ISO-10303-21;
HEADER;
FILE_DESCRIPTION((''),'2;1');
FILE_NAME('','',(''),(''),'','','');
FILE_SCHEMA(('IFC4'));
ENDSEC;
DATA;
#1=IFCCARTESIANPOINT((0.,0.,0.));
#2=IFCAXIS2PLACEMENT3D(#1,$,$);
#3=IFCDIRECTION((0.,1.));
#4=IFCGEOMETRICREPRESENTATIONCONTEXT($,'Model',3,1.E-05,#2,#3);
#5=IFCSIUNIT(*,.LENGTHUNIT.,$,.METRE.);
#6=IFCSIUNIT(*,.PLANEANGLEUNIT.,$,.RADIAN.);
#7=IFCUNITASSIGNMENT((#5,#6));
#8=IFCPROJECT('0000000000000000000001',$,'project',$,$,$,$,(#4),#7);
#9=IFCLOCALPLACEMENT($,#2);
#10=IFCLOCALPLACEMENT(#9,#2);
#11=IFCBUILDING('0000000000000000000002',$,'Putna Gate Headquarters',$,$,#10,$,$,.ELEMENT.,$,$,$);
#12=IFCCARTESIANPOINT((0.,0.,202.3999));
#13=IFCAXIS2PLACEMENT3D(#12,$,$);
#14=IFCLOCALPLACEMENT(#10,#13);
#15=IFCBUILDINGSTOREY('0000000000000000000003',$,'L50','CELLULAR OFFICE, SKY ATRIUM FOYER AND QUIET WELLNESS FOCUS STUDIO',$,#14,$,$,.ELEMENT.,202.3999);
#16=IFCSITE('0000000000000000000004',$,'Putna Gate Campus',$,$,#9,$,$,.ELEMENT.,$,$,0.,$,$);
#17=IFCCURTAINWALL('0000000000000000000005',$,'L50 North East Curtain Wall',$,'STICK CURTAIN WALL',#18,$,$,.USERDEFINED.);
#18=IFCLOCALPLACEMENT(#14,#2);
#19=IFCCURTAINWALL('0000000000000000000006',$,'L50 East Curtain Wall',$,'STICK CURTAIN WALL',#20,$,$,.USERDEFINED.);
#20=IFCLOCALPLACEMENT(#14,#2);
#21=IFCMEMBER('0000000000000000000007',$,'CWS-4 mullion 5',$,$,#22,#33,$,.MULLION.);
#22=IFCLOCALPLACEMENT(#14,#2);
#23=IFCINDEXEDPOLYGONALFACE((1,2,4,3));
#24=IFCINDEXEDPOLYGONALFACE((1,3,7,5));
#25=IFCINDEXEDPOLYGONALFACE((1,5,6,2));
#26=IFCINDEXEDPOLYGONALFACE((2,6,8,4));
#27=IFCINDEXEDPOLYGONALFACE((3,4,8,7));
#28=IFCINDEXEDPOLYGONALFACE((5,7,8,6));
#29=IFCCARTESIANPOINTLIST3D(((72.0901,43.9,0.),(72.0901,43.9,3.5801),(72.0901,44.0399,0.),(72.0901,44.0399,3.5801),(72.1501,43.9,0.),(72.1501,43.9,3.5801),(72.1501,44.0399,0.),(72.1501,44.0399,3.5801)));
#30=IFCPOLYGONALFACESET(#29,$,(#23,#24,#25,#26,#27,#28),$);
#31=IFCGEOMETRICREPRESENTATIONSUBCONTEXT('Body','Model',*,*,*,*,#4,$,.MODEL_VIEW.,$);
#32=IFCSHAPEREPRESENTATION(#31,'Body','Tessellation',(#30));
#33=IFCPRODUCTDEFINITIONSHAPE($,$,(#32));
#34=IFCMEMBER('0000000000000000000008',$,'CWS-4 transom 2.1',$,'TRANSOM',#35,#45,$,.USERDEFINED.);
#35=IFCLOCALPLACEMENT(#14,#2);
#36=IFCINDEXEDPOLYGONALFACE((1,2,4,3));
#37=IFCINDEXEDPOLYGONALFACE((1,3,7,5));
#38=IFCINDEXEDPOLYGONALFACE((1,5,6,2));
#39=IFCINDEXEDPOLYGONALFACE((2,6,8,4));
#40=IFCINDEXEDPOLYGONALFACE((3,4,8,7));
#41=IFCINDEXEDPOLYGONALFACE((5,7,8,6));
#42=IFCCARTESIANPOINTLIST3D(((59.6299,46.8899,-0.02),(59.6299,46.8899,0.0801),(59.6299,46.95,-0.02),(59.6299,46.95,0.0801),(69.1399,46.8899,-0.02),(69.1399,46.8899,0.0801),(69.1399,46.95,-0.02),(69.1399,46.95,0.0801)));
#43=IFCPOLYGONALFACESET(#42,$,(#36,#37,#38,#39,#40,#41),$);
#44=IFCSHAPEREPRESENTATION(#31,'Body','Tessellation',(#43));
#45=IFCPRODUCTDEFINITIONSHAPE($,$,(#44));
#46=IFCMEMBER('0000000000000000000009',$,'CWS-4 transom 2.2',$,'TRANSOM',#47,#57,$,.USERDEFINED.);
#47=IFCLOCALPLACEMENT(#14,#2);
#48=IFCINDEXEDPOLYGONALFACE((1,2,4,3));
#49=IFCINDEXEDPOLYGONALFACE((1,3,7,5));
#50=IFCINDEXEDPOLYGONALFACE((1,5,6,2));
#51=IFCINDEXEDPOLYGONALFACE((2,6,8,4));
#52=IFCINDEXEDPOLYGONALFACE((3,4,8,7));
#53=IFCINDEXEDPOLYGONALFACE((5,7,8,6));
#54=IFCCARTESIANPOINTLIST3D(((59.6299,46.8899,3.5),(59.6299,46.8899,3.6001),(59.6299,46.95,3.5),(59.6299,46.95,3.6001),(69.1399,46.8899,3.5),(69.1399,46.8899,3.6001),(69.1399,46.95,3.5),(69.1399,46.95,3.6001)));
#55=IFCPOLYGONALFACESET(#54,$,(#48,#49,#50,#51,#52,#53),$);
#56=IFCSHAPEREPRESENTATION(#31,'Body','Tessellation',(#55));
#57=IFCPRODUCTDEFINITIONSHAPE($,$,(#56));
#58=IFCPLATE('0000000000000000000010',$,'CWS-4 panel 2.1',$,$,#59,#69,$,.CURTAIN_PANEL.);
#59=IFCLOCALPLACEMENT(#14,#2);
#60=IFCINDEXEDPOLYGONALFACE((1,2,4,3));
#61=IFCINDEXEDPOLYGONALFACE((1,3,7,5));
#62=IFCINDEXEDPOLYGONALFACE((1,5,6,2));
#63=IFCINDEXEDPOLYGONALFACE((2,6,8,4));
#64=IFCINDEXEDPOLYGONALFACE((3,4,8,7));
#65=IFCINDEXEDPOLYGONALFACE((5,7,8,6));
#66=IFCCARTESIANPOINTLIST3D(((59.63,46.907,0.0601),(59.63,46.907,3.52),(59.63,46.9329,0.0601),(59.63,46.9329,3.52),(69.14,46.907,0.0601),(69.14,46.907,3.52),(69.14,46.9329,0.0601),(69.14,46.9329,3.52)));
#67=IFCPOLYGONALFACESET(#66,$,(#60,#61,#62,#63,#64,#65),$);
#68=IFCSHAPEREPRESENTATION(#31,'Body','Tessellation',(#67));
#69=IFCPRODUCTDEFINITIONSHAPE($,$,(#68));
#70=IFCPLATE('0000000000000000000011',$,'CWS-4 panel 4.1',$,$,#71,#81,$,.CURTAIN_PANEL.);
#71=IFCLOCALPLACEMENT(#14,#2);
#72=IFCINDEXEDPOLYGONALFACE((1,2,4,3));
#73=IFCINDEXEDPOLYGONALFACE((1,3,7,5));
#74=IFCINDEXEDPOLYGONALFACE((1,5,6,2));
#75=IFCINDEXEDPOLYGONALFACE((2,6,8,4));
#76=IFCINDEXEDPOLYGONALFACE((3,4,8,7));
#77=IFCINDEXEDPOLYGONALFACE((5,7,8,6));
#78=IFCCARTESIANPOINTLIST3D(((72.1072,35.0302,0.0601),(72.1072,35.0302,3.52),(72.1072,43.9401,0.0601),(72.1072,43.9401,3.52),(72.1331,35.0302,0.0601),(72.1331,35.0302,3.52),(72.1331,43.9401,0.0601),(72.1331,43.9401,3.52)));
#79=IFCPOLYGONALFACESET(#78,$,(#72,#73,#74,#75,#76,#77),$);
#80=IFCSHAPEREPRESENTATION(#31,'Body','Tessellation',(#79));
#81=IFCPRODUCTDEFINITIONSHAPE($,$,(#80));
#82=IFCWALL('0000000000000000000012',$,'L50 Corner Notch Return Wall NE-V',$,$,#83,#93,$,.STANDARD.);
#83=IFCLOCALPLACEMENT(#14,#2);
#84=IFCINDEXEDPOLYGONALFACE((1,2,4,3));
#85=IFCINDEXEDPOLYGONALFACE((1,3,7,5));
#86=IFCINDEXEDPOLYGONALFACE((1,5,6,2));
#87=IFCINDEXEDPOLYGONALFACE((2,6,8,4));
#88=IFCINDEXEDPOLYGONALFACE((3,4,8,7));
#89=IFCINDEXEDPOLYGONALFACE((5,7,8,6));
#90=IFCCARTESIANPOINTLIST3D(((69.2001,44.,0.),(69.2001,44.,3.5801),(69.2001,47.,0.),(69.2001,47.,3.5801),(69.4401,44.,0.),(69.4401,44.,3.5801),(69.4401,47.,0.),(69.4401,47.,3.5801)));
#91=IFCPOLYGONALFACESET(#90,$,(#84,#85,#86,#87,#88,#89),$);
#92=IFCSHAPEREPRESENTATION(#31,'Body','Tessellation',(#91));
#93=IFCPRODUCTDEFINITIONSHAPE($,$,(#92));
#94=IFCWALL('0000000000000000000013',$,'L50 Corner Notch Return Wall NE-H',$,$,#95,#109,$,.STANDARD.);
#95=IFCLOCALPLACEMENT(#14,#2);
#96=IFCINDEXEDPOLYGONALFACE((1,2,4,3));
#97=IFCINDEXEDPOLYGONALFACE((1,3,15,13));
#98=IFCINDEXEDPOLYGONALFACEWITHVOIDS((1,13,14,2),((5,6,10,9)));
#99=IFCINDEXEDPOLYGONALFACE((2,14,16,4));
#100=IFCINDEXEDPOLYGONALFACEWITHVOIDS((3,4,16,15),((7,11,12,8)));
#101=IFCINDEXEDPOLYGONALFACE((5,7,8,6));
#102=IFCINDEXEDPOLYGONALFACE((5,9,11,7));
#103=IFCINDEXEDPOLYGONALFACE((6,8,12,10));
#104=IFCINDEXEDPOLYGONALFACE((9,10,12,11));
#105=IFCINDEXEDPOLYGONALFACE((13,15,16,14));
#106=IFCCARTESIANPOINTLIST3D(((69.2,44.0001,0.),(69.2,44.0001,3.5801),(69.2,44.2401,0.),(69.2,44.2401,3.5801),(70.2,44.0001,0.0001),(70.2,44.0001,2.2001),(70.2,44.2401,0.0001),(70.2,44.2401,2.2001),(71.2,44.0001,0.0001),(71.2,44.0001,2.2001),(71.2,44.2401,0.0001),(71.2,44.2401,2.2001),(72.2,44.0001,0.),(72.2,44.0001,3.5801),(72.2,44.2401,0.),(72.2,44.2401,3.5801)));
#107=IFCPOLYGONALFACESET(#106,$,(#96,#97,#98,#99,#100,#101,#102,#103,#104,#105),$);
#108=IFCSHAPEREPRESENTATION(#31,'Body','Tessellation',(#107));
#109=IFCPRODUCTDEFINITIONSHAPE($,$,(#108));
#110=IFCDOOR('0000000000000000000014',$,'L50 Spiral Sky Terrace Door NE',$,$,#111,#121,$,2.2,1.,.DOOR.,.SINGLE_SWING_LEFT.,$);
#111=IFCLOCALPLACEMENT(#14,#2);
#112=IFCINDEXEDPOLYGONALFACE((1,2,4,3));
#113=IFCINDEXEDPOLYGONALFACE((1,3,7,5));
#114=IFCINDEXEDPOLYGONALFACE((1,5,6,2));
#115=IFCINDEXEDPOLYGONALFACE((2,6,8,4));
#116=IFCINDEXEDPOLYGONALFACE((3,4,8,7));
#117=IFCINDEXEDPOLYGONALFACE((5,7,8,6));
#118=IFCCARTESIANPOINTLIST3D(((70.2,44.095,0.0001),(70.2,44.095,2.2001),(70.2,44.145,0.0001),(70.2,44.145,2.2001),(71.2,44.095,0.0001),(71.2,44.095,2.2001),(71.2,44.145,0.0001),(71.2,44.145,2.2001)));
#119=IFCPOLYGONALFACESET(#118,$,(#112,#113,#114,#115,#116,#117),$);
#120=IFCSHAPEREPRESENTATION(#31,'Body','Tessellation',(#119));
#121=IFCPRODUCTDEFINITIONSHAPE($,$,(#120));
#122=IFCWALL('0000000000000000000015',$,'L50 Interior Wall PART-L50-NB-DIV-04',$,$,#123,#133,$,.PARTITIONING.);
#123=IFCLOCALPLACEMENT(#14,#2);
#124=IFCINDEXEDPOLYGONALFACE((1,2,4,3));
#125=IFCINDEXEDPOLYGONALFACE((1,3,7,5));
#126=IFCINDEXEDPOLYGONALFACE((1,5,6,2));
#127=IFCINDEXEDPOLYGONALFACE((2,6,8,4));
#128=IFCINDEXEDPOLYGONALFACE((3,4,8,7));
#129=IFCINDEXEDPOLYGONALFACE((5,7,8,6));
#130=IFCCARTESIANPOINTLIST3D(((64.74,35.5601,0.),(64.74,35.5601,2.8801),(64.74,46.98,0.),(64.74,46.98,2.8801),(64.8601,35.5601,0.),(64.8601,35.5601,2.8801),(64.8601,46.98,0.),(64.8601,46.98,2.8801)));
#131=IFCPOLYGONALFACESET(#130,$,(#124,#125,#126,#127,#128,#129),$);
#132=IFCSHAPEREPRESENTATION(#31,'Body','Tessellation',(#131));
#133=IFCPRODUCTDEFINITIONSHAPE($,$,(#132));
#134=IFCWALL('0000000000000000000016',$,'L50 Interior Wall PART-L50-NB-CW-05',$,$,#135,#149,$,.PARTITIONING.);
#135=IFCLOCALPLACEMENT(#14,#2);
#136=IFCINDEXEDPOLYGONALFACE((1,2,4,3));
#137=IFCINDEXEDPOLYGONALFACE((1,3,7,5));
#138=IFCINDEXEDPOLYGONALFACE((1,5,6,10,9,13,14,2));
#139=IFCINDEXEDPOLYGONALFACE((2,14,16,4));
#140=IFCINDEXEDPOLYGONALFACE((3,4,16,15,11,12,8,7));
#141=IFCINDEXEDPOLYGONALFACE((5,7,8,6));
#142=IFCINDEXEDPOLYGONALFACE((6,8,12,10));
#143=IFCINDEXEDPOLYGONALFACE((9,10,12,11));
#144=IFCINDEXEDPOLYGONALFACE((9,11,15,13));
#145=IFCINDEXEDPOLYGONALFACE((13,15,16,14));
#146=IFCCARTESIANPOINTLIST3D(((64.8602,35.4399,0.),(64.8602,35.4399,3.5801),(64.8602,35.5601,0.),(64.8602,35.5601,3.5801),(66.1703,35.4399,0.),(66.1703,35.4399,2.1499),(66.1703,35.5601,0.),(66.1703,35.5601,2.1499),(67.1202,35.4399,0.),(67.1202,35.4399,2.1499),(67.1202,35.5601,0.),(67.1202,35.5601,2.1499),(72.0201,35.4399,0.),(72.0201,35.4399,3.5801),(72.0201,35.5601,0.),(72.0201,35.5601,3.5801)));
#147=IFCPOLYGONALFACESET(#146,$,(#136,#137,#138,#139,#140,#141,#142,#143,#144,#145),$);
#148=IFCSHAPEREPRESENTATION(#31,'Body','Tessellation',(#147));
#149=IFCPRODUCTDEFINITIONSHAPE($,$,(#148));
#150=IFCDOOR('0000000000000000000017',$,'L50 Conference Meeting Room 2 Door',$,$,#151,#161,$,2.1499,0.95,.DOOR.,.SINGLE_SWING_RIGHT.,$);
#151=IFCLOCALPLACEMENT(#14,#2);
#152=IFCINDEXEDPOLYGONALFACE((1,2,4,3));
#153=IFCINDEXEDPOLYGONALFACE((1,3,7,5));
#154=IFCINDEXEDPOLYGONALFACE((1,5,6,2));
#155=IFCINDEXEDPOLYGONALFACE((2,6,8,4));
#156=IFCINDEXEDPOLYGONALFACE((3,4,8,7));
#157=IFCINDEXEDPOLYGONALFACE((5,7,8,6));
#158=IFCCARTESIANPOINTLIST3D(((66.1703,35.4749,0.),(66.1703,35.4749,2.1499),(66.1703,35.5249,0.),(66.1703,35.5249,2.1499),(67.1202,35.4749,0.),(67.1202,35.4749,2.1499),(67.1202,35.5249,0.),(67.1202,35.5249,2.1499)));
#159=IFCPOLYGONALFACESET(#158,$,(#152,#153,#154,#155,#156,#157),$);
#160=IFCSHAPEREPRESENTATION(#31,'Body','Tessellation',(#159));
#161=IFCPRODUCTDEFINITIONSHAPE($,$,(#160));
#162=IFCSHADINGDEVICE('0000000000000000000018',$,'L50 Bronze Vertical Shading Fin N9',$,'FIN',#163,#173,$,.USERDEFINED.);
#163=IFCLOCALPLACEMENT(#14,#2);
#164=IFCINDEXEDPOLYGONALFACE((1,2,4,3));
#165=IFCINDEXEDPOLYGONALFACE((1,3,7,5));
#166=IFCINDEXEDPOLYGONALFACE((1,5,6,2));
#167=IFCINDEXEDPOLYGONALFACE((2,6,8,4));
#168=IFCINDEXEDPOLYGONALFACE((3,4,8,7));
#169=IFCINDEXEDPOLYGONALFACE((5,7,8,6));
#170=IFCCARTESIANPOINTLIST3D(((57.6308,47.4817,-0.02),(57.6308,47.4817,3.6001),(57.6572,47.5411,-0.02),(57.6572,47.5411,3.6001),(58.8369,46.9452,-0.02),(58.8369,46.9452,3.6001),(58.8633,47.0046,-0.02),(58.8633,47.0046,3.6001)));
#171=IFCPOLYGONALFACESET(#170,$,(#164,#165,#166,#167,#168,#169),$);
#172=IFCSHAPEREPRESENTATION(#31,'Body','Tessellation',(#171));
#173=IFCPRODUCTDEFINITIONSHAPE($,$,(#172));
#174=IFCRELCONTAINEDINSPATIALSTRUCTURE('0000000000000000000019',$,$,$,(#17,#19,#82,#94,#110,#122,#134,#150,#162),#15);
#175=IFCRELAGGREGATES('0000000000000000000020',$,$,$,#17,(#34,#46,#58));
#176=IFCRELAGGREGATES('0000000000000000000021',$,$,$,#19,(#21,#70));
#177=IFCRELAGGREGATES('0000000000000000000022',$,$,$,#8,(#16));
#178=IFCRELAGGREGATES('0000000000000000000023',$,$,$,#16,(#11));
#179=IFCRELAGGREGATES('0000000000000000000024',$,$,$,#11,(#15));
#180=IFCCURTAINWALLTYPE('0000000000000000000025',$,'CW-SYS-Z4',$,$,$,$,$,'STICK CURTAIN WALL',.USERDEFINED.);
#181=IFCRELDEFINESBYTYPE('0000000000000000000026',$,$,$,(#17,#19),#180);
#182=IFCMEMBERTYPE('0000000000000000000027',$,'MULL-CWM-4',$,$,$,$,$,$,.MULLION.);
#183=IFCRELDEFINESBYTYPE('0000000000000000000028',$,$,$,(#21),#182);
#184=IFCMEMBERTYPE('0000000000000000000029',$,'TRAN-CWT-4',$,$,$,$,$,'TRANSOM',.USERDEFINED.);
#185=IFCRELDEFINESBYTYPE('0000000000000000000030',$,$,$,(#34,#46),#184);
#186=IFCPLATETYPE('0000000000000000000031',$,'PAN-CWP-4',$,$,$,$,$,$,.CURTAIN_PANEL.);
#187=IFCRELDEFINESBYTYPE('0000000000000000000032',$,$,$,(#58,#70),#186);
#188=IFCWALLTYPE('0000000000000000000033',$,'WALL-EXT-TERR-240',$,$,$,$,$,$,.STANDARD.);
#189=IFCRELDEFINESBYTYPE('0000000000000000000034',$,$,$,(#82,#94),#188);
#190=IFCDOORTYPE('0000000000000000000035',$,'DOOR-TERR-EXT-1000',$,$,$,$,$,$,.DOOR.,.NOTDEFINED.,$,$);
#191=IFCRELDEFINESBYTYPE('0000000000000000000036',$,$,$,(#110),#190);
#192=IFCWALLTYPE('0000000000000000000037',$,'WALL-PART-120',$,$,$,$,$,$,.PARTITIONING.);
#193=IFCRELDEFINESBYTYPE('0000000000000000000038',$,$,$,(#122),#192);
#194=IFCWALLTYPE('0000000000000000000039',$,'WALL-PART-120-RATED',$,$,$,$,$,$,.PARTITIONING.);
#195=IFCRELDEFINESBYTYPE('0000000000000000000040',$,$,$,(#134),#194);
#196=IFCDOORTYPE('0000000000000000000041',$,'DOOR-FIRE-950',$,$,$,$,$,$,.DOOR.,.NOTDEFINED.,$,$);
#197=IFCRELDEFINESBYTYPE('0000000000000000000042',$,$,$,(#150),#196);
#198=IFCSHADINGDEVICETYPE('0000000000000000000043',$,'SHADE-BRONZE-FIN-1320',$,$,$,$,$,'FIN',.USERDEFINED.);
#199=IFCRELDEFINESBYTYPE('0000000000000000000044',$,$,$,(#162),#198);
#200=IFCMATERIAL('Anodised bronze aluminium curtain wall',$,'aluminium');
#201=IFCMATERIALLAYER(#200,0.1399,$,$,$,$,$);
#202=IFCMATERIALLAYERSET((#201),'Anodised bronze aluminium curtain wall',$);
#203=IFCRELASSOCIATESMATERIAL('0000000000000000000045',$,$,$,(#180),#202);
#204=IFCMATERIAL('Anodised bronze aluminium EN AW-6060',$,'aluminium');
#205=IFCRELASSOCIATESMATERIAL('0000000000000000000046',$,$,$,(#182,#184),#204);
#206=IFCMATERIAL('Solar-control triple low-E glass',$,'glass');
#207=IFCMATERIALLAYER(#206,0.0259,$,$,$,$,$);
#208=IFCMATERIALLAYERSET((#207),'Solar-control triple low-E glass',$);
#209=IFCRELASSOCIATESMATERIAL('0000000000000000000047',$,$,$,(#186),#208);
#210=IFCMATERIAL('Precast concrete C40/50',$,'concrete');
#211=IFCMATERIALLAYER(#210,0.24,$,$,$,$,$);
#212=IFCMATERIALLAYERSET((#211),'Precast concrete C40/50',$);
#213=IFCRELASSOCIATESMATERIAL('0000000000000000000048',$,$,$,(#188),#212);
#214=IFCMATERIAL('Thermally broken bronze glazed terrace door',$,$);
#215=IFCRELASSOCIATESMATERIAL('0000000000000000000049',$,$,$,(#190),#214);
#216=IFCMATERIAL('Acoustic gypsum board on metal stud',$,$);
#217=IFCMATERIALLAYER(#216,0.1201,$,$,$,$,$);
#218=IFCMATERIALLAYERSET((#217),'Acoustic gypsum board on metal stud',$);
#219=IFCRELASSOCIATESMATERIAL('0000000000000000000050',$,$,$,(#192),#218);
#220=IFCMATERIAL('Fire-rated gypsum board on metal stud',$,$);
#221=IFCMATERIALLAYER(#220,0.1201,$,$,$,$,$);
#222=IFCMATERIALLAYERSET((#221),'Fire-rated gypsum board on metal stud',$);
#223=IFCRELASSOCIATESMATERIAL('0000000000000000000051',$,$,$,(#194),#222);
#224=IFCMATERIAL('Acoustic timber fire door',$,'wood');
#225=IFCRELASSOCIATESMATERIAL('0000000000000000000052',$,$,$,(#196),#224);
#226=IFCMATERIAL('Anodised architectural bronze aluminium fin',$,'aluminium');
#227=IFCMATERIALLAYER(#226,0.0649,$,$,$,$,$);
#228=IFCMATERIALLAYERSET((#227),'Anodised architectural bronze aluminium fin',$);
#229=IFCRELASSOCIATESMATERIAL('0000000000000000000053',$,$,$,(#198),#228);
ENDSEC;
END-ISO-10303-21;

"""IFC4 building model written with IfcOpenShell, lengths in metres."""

from ifc_helpers import new_model, si_unit, direction, frame, frame_2d, origin, origin_2d, place, context, subcontext, project, spatial, rectangle, extrude, material, layer, layer_set, material_profile, profile_set, type_object, element, fill, aggregate, save


model = new_model("IFC4")

# Units and contexts
model_context = context("Model", 3, precision=1e-05, world=origin(), true_north=direction((0.0, 1.0)))
body_context = subcontext(model_context, "Body", "Model", "MODEL_VIEW")
ifc_project = project(units=[si_unit("LENGTHUNIT", "METRE"), si_unit("PLANEANGLEUNIT", "RADIAN")], contexts=[model_context])

# Site, building, storey
site_placement = place(None, origin())
site = spatial("IfcSite", under=ifc_project, at=site_placement, Name="Putna Gate Campus", CompositionType="ELEMENT", RefElevation=0.0)
building_placement = place(site_placement, origin())
building = spatial("IfcBuilding", under=site, at=building_placement, Name="Putna Gate Headquarters", CompositionType="ELEMENT")
storey_placement = place(building_placement, frame((0.0, 0.0, 202.3999)))
storey = spatial("IfcBuildingStorey", under=building, at=storey_placement, Name="L50", Description="CELLULAR OFFICE, SKY ATRIUM FOYER AND QUIET WELLNESS FOCUS STUDIO", CompositionType="ELEMENT", Elevation=202.3999)

# Curtain wall
ifc_material_1 = material(Name="Anodised bronze aluminium curtain wall", Category="aluminium")
ifc_layer_1 = layer(ifc_material_1, 0.1399)
ifc_layer_set_1 = layer_set([ifc_layer_1], Name="Anodised bronze aluminium curtain wall")
curtain_wall_type = type_object("IfcCurtainWallType", Name="CW-SYS-Z4", ElementType="STICK CURTAIN WALL", PredefinedType="USERDEFINED", material=ifc_layer_set_1)
curtain_wall_1_placement = place(storey_placement, origin())
curtain_wall_1 = element("IfcCurtainWall", 1, at=curtain_wall_1_placement, inside=storey, type_object=curtain_wall_type, Name="L50 North East Curtain Wall", ObjectType="STICK CURTAIN WALL", PredefinedType="USERDEFINED")
ifc_material_2 = material(Name="Anodised bronze aluminium EN AW-6060", Category="aluminium")
ifc_material_profile_1 = material_profile(ifc_material_2, rectangle(XDim=0.0601, YDim=0.1399, at=origin_2d()), Name="Anodised bronze aluminium EN AW-6060")
ifc_profile_set_1 = profile_set([ifc_material_profile_1], Name="Anodised bronze aluminium EN AW-6060")
member_type_1 = type_object("IfcMemberType", Name="MULL-CWM-4", PredefinedType="MULLION", material=ifc_profile_set_1)

# Curtain wall, member
curtain_wall_2_placement = place(storey_placement, origin())
curtain_wall_2 = element("IfcCurtainWall", 2, at=curtain_wall_2_placement, inside=storey, type_object=curtain_wall_type, Name="L50 East Curtain Wall", ObjectType="STICK CURTAIN WALL", PredefinedType="USERDEFINED")
member_1_placement = place(storey_placement, frame((72.1201, 43.97, 0.0), z_axis=(0.0, 0.0, 1.0), x_axis=(-1.0, 0.0, 0.0)))
member_1 = element("IfcMember", 3, at=member_1_placement, type_object=member_type_1, Name="CWS-4 mullion 5", PredefinedType="MULLION", context=body_context, shape_type="SweptSolid", body=[
    extrude(rectangle(XDim=0.0601, YDim=0.1399, at=origin_2d()), origin(), (0.0, 0.0, 1.0), 3.5801),
])

# Members
ifc_material_profile_2 = material_profile(ifc_material_2, rectangle(XDim=0.0601, YDim=0.1001, at=origin_2d()), Name="Anodised bronze aluminium EN AW-6060")
ifc_profile_set_2 = profile_set([ifc_material_profile_2], Name="Anodised bronze aluminium EN AW-6060")
member_type_2 = type_object("IfcMemberType", Name="TRAN-CWT-4", ElementType="TRANSOM", PredefinedType="USERDEFINED", material=ifc_profile_set_2)
member_2_placement = place(storey_placement, frame((59.6299, 46.9199, 0.03), z_axis=(1.0, 0.0, 0.0), x_axis=(0.0, 1.0, 0.0)))
member_2 = element("IfcMember", 4, at=member_2_placement, type_object=member_type_2, Name="CWS-4 transom 2.1", ObjectType="TRANSOM", PredefinedType="USERDEFINED", context=body_context, shape_type="SweptSolid", body=[
    extrude(rectangle(XDim=0.0601, YDim=0.1001, at=origin_2d()), origin(), (0.0, 0.0, 1.0), 9.51),
])
member_3_placement = place(storey_placement, frame((59.6299, 46.9199, 3.55), z_axis=(1.0, 0.0, 0.0), x_axis=(0.0, 1.0, 0.0)))
member_3 = element("IfcMember", 5, at=member_3_placement, type_object=member_type_2, Name="CWS-4 transom 2.2", ObjectType="TRANSOM", PredefinedType="USERDEFINED", context=body_context, shape_type="SweptSolid", body=[
    extrude(rectangle(XDim=0.0601, YDim=0.1001, at=origin_2d()), origin(), (0.0, 0.0, 1.0), 9.51),
])

# Plates
ifc_material_3 = material(Name="Solar-control triple low-E glass", Category="glass")
ifc_layer_2 = layer(ifc_material_3, 0.0259)
ifc_layer_set_2 = layer_set([ifc_layer_2], Name="Solar-control triple low-E glass")
plate_type = type_object("IfcPlateType", Name="PAN-CWP-4", PredefinedType="CURTAIN_PANEL", material=ifc_layer_set_2)
plate_1_placement = place(storey_placement, frame((64.385, 46.9199, 0.0601), z_axis=(0.0, 0.0, 1.0), x_axis=(1.0, 0.0, 0.0)))
plate_1 = element("IfcPlate", 6, at=plate_1_placement, type_object=plate_type, Name="CWS-4 panel 2.1", PredefinedType="CURTAIN_PANEL", context=body_context, shape_type="SweptSolid", body=[
    extrude(rectangle(XDim=9.51, YDim=0.0259, at=origin_2d()), origin(), (0.0, 0.0, 1.0), 3.46),
])
aggregate(curtain_wall_1, [member_2, member_3, plate_1])
plate_2_placement = place(storey_placement, frame((72.1201, 39.4851, 0.0601), z_axis=(0.0, 0.0, 1.0), x_axis=(0.0, 1.0, 0.0)))
plate_2 = element("IfcPlate", 7, at=plate_2_placement, type_object=plate_type, Name="CWS-4 panel 4.1", PredefinedType="CURTAIN_PANEL", context=body_context, shape_type="SweptSolid", body=[
    extrude(rectangle(XDim=8.9099, YDim=0.0259, at=origin_2d()), origin(), (0.0, 0.0, 1.0), 3.46),
])
aggregate(curtain_wall_2, [member_1, plate_2])

# Wall
ifc_material_4 = material(Name="Precast concrete C40/50", Category="concrete")
ifc_layer_3 = layer(ifc_material_4, 0.24)
ifc_layer_set_3 = layer_set([ifc_layer_3], Name="Precast concrete C40/50")
wall_type_1 = type_object("IfcWallType", Name="WALL-EXT-TERR-240", PredefinedType="STANDARD", material=ifc_layer_set_3)
wall_1_placement = place(storey_placement, frame((69.3201, 47.0, 0.0), z_axis=(0.0, 0.0, 1.0), x_axis=(0.0, -1.0, 0.0)))
element("IfcWall", 8, at=wall_1_placement, inside=storey, type_object=wall_type_1, Name="L50 Corner Notch Return Wall NE-V", PredefinedType="STANDARD", context=body_context, shape_type="SweptSolid", body=[
    extrude(rectangle(XDim=3.0, YDim=0.24, at=frame_2d((1.5, 0.0))), origin(), (0.0, 0.0, 1.0), 3.5801),
])

# Wall, opening, door
wall_2_placement = place(storey_placement, frame((69.2, 44.1201, 0.0), z_axis=(0.0, 0.0, 1.0), x_axis=(1.0, 0.0, 0.0)))
wall_2 = element("IfcWall", 9, at=wall_2_placement, inside=storey, type_object=wall_type_1, Name="L50 Corner Notch Return Wall NE-H", PredefinedType="STANDARD", context=body_context, shape_type="SweptSolid", body=[
    extrude(rectangle(XDim=3.0, YDim=0.24, at=frame_2d((1.5, 0.0))), origin(), (0.0, 0.0, 1.0), 3.5801),
])
opening_1_placement = place(wall_2_placement, frame((1.0, 0.0, 0.0)))
opening_1 = element("IfcOpeningElement", 10, at=opening_1_placement, cuts=wall_2, PredefinedType="OPENING", context=body_context, shape_type="SweptSolid", body=[
    extrude(rectangle(XDim=1.0, YDim=2.2, at=frame_2d((0.5, 1.1001))), frame((0.0, 0.1299, 0.0), z_axis=(0.0, -1.0, 0.0), x_axis=(1.0, 0.0, 0.0)), (0.0, 0.0, 1.0), 0.26),
])
ifc_material_5 = material(Name="Thermally broken bronze glazed terrace door")
door_type_1 = type_object("IfcDoorType", Name="DOOR-TERR-EXT-1000", OperationType="NOTDEFINED", PredefinedType="DOOR", material=ifc_material_5)
door_1_placement = place(opening_1_placement, origin())
door_1 = element("IfcDoor", 11, at=door_1_placement, inside=storey, type_object=door_type_1, Name="L50 Spiral Sky Terrace Door NE", OperationType="SINGLE_SWING_LEFT", OverallHeight=2.2, OverallWidth=1.0, PredefinedType="DOOR", context=body_context, shape_type="SweptSolid", body=[
    extrude(rectangle(XDim=1.0, YDim=2.2, at=frame_2d((0.5, 1.1001))), frame((0.0, 0.0249, 0.0), z_axis=(0.0, -1.0, 0.0), x_axis=(1.0, 0.0, 0.0)), (0.0, 0.0, 1.0), 0.05),
])
fill(opening_1, door_1)

# Wall
ifc_material_6 = material(Name="Acoustic gypsum board on metal stud")
ifc_layer_4 = layer(ifc_material_6, 0.1201)
ifc_layer_set_4 = layer_set([ifc_layer_4], Name="Acoustic gypsum board on metal stud")
wall_type_2 = type_object("IfcWallType", Name="WALL-PART-120", PredefinedType="PARTITIONING", material=ifc_layer_set_4)
wall_3_placement = place(storey_placement, frame((64.8, 35.5601, 0.0), z_axis=(0.0, 0.0, 1.0), x_axis=(0.0, 1.0, 0.0)))
element("IfcWall", 12, at=wall_3_placement, inside=storey, type_object=wall_type_2, Name="L50 Interior Wall PART-L50-NB-DIV-04", PredefinedType="PARTITIONING", context=body_context, shape_type="SweptSolid", body=[
    extrude(rectangle(XDim=11.4199, YDim=0.1201, at=frame_2d((5.71, 0.0))), origin(), (0.0, 0.0, 1.0), 2.8801),
])

# Wall, opening, door
ifc_material_7 = material(Name="Fire-rated gypsum board on metal stud")
ifc_layer_5 = layer(ifc_material_7, 0.1201)
ifc_layer_set_5 = layer_set([ifc_layer_5], Name="Fire-rated gypsum board on metal stud")
wall_type_3 = type_object("IfcWallType", Name="WALL-PART-120-RATED", PredefinedType="PARTITIONING", material=ifc_layer_set_5)
wall_4_placement = place(storey_placement, frame((64.8601, 35.5, 0.0), z_axis=(0.0, 0.0, 1.0), x_axis=(1.0, 0.0, 0.0)))
wall_4 = element("IfcWall", 13, at=wall_4_placement, inside=storey, type_object=wall_type_3, Name="L50 Interior Wall PART-L50-NB-CW-05", PredefinedType="PARTITIONING", context=body_context, shape_type="SweptSolid", body=[
    extrude(rectangle(XDim=7.1599, YDim=0.1201, at=frame_2d((3.5801, 0.0))), origin(), (0.0, 0.0, 1.0), 3.5801),
])
opening_2_placement = place(wall_4_placement, frame((1.3101, 0.0, 0.0)))
opening_2 = element("IfcOpeningElement", 14, at=opening_2_placement, cuts=wall_4, PredefinedType="OPENING", context=body_context, shape_type="SweptSolid", body=[
    extrude(rectangle(XDim=0.95, YDim=2.1499, at=frame_2d((0.4751, 1.075))), frame((0.0, 0.0701, 0.0), z_axis=(0.0, -1.0, 0.0), x_axis=(1.0, 0.0, 0.0)), (0.0, 0.0, 1.0), 0.1401),
])
ifc_material_8 = material(Name="Acoustic timber fire door", Category="wood")
door_type_2 = type_object("IfcDoorType", Name="DOOR-FIRE-950", OperationType="NOTDEFINED", PredefinedType="DOOR", material=ifc_material_8)
door_2_placement = place(opening_2_placement, origin())
door_2 = element("IfcDoor", 15, at=door_2_placement, inside=storey, type_object=door_type_2, Name="L50 Conference Meeting Room 2 Door", OperationType="SINGLE_SWING_RIGHT", OverallHeight=2.1499, OverallWidth=0.95, PredefinedType="DOOR", context=body_context, shape_type="SweptSolid", body=[
    extrude(rectangle(XDim=0.95, YDim=2.1499, at=frame_2d((0.4751, 1.075))), frame((0.0, 0.0249, 0.0), z_axis=(0.0, -1.0, 0.0), x_axis=(1.0, 0.0, 0.0)), (0.0, 0.0, 1.0), 0.05),
])
fill(opening_2, door_2)

# Shading device
ifc_material_9 = material(Name="Anodised architectural bronze aluminium fin", Category="aluminium")
ifc_layer_6 = layer(ifc_material_9, 0.0649)
ifc_layer_set_6 = layer_set([ifc_layer_6], Name="Anodised architectural bronze aluminium fin")
shading_device_type = type_object("IfcShadingDeviceType", Name="SHADE-BRONZE-FIN-1320", ElementType="FIN", PredefinedType="USERDEFINED", material=ifc_layer_set_6)
for number, where, z_axis, x_axis, name in (
    (16, (58.2471, 47.2432, -0.02), (0.0, 0.0, 1.0), (-0.913687, 0.406418, 0.0), "L50 Bronze Vertical Shading Fin N9"),
):
    element("IfcShadingDevice", number, at=place(storey_placement, frame(where, z_axis=z_axis, x_axis=x_axis)), inside=storey, type_object=shading_device_type, Name=name, ObjectType="FIN", PredefinedType="USERDEFINED", context=body_context, shape_type="SweptSolid", body=[
        extrude(rectangle(XDim=1.3201, YDim=0.0649, at=origin_2d()), origin(), (0.0, 0.0, 1.0), 3.6201),
    ])

save(model, "model.ifc")
